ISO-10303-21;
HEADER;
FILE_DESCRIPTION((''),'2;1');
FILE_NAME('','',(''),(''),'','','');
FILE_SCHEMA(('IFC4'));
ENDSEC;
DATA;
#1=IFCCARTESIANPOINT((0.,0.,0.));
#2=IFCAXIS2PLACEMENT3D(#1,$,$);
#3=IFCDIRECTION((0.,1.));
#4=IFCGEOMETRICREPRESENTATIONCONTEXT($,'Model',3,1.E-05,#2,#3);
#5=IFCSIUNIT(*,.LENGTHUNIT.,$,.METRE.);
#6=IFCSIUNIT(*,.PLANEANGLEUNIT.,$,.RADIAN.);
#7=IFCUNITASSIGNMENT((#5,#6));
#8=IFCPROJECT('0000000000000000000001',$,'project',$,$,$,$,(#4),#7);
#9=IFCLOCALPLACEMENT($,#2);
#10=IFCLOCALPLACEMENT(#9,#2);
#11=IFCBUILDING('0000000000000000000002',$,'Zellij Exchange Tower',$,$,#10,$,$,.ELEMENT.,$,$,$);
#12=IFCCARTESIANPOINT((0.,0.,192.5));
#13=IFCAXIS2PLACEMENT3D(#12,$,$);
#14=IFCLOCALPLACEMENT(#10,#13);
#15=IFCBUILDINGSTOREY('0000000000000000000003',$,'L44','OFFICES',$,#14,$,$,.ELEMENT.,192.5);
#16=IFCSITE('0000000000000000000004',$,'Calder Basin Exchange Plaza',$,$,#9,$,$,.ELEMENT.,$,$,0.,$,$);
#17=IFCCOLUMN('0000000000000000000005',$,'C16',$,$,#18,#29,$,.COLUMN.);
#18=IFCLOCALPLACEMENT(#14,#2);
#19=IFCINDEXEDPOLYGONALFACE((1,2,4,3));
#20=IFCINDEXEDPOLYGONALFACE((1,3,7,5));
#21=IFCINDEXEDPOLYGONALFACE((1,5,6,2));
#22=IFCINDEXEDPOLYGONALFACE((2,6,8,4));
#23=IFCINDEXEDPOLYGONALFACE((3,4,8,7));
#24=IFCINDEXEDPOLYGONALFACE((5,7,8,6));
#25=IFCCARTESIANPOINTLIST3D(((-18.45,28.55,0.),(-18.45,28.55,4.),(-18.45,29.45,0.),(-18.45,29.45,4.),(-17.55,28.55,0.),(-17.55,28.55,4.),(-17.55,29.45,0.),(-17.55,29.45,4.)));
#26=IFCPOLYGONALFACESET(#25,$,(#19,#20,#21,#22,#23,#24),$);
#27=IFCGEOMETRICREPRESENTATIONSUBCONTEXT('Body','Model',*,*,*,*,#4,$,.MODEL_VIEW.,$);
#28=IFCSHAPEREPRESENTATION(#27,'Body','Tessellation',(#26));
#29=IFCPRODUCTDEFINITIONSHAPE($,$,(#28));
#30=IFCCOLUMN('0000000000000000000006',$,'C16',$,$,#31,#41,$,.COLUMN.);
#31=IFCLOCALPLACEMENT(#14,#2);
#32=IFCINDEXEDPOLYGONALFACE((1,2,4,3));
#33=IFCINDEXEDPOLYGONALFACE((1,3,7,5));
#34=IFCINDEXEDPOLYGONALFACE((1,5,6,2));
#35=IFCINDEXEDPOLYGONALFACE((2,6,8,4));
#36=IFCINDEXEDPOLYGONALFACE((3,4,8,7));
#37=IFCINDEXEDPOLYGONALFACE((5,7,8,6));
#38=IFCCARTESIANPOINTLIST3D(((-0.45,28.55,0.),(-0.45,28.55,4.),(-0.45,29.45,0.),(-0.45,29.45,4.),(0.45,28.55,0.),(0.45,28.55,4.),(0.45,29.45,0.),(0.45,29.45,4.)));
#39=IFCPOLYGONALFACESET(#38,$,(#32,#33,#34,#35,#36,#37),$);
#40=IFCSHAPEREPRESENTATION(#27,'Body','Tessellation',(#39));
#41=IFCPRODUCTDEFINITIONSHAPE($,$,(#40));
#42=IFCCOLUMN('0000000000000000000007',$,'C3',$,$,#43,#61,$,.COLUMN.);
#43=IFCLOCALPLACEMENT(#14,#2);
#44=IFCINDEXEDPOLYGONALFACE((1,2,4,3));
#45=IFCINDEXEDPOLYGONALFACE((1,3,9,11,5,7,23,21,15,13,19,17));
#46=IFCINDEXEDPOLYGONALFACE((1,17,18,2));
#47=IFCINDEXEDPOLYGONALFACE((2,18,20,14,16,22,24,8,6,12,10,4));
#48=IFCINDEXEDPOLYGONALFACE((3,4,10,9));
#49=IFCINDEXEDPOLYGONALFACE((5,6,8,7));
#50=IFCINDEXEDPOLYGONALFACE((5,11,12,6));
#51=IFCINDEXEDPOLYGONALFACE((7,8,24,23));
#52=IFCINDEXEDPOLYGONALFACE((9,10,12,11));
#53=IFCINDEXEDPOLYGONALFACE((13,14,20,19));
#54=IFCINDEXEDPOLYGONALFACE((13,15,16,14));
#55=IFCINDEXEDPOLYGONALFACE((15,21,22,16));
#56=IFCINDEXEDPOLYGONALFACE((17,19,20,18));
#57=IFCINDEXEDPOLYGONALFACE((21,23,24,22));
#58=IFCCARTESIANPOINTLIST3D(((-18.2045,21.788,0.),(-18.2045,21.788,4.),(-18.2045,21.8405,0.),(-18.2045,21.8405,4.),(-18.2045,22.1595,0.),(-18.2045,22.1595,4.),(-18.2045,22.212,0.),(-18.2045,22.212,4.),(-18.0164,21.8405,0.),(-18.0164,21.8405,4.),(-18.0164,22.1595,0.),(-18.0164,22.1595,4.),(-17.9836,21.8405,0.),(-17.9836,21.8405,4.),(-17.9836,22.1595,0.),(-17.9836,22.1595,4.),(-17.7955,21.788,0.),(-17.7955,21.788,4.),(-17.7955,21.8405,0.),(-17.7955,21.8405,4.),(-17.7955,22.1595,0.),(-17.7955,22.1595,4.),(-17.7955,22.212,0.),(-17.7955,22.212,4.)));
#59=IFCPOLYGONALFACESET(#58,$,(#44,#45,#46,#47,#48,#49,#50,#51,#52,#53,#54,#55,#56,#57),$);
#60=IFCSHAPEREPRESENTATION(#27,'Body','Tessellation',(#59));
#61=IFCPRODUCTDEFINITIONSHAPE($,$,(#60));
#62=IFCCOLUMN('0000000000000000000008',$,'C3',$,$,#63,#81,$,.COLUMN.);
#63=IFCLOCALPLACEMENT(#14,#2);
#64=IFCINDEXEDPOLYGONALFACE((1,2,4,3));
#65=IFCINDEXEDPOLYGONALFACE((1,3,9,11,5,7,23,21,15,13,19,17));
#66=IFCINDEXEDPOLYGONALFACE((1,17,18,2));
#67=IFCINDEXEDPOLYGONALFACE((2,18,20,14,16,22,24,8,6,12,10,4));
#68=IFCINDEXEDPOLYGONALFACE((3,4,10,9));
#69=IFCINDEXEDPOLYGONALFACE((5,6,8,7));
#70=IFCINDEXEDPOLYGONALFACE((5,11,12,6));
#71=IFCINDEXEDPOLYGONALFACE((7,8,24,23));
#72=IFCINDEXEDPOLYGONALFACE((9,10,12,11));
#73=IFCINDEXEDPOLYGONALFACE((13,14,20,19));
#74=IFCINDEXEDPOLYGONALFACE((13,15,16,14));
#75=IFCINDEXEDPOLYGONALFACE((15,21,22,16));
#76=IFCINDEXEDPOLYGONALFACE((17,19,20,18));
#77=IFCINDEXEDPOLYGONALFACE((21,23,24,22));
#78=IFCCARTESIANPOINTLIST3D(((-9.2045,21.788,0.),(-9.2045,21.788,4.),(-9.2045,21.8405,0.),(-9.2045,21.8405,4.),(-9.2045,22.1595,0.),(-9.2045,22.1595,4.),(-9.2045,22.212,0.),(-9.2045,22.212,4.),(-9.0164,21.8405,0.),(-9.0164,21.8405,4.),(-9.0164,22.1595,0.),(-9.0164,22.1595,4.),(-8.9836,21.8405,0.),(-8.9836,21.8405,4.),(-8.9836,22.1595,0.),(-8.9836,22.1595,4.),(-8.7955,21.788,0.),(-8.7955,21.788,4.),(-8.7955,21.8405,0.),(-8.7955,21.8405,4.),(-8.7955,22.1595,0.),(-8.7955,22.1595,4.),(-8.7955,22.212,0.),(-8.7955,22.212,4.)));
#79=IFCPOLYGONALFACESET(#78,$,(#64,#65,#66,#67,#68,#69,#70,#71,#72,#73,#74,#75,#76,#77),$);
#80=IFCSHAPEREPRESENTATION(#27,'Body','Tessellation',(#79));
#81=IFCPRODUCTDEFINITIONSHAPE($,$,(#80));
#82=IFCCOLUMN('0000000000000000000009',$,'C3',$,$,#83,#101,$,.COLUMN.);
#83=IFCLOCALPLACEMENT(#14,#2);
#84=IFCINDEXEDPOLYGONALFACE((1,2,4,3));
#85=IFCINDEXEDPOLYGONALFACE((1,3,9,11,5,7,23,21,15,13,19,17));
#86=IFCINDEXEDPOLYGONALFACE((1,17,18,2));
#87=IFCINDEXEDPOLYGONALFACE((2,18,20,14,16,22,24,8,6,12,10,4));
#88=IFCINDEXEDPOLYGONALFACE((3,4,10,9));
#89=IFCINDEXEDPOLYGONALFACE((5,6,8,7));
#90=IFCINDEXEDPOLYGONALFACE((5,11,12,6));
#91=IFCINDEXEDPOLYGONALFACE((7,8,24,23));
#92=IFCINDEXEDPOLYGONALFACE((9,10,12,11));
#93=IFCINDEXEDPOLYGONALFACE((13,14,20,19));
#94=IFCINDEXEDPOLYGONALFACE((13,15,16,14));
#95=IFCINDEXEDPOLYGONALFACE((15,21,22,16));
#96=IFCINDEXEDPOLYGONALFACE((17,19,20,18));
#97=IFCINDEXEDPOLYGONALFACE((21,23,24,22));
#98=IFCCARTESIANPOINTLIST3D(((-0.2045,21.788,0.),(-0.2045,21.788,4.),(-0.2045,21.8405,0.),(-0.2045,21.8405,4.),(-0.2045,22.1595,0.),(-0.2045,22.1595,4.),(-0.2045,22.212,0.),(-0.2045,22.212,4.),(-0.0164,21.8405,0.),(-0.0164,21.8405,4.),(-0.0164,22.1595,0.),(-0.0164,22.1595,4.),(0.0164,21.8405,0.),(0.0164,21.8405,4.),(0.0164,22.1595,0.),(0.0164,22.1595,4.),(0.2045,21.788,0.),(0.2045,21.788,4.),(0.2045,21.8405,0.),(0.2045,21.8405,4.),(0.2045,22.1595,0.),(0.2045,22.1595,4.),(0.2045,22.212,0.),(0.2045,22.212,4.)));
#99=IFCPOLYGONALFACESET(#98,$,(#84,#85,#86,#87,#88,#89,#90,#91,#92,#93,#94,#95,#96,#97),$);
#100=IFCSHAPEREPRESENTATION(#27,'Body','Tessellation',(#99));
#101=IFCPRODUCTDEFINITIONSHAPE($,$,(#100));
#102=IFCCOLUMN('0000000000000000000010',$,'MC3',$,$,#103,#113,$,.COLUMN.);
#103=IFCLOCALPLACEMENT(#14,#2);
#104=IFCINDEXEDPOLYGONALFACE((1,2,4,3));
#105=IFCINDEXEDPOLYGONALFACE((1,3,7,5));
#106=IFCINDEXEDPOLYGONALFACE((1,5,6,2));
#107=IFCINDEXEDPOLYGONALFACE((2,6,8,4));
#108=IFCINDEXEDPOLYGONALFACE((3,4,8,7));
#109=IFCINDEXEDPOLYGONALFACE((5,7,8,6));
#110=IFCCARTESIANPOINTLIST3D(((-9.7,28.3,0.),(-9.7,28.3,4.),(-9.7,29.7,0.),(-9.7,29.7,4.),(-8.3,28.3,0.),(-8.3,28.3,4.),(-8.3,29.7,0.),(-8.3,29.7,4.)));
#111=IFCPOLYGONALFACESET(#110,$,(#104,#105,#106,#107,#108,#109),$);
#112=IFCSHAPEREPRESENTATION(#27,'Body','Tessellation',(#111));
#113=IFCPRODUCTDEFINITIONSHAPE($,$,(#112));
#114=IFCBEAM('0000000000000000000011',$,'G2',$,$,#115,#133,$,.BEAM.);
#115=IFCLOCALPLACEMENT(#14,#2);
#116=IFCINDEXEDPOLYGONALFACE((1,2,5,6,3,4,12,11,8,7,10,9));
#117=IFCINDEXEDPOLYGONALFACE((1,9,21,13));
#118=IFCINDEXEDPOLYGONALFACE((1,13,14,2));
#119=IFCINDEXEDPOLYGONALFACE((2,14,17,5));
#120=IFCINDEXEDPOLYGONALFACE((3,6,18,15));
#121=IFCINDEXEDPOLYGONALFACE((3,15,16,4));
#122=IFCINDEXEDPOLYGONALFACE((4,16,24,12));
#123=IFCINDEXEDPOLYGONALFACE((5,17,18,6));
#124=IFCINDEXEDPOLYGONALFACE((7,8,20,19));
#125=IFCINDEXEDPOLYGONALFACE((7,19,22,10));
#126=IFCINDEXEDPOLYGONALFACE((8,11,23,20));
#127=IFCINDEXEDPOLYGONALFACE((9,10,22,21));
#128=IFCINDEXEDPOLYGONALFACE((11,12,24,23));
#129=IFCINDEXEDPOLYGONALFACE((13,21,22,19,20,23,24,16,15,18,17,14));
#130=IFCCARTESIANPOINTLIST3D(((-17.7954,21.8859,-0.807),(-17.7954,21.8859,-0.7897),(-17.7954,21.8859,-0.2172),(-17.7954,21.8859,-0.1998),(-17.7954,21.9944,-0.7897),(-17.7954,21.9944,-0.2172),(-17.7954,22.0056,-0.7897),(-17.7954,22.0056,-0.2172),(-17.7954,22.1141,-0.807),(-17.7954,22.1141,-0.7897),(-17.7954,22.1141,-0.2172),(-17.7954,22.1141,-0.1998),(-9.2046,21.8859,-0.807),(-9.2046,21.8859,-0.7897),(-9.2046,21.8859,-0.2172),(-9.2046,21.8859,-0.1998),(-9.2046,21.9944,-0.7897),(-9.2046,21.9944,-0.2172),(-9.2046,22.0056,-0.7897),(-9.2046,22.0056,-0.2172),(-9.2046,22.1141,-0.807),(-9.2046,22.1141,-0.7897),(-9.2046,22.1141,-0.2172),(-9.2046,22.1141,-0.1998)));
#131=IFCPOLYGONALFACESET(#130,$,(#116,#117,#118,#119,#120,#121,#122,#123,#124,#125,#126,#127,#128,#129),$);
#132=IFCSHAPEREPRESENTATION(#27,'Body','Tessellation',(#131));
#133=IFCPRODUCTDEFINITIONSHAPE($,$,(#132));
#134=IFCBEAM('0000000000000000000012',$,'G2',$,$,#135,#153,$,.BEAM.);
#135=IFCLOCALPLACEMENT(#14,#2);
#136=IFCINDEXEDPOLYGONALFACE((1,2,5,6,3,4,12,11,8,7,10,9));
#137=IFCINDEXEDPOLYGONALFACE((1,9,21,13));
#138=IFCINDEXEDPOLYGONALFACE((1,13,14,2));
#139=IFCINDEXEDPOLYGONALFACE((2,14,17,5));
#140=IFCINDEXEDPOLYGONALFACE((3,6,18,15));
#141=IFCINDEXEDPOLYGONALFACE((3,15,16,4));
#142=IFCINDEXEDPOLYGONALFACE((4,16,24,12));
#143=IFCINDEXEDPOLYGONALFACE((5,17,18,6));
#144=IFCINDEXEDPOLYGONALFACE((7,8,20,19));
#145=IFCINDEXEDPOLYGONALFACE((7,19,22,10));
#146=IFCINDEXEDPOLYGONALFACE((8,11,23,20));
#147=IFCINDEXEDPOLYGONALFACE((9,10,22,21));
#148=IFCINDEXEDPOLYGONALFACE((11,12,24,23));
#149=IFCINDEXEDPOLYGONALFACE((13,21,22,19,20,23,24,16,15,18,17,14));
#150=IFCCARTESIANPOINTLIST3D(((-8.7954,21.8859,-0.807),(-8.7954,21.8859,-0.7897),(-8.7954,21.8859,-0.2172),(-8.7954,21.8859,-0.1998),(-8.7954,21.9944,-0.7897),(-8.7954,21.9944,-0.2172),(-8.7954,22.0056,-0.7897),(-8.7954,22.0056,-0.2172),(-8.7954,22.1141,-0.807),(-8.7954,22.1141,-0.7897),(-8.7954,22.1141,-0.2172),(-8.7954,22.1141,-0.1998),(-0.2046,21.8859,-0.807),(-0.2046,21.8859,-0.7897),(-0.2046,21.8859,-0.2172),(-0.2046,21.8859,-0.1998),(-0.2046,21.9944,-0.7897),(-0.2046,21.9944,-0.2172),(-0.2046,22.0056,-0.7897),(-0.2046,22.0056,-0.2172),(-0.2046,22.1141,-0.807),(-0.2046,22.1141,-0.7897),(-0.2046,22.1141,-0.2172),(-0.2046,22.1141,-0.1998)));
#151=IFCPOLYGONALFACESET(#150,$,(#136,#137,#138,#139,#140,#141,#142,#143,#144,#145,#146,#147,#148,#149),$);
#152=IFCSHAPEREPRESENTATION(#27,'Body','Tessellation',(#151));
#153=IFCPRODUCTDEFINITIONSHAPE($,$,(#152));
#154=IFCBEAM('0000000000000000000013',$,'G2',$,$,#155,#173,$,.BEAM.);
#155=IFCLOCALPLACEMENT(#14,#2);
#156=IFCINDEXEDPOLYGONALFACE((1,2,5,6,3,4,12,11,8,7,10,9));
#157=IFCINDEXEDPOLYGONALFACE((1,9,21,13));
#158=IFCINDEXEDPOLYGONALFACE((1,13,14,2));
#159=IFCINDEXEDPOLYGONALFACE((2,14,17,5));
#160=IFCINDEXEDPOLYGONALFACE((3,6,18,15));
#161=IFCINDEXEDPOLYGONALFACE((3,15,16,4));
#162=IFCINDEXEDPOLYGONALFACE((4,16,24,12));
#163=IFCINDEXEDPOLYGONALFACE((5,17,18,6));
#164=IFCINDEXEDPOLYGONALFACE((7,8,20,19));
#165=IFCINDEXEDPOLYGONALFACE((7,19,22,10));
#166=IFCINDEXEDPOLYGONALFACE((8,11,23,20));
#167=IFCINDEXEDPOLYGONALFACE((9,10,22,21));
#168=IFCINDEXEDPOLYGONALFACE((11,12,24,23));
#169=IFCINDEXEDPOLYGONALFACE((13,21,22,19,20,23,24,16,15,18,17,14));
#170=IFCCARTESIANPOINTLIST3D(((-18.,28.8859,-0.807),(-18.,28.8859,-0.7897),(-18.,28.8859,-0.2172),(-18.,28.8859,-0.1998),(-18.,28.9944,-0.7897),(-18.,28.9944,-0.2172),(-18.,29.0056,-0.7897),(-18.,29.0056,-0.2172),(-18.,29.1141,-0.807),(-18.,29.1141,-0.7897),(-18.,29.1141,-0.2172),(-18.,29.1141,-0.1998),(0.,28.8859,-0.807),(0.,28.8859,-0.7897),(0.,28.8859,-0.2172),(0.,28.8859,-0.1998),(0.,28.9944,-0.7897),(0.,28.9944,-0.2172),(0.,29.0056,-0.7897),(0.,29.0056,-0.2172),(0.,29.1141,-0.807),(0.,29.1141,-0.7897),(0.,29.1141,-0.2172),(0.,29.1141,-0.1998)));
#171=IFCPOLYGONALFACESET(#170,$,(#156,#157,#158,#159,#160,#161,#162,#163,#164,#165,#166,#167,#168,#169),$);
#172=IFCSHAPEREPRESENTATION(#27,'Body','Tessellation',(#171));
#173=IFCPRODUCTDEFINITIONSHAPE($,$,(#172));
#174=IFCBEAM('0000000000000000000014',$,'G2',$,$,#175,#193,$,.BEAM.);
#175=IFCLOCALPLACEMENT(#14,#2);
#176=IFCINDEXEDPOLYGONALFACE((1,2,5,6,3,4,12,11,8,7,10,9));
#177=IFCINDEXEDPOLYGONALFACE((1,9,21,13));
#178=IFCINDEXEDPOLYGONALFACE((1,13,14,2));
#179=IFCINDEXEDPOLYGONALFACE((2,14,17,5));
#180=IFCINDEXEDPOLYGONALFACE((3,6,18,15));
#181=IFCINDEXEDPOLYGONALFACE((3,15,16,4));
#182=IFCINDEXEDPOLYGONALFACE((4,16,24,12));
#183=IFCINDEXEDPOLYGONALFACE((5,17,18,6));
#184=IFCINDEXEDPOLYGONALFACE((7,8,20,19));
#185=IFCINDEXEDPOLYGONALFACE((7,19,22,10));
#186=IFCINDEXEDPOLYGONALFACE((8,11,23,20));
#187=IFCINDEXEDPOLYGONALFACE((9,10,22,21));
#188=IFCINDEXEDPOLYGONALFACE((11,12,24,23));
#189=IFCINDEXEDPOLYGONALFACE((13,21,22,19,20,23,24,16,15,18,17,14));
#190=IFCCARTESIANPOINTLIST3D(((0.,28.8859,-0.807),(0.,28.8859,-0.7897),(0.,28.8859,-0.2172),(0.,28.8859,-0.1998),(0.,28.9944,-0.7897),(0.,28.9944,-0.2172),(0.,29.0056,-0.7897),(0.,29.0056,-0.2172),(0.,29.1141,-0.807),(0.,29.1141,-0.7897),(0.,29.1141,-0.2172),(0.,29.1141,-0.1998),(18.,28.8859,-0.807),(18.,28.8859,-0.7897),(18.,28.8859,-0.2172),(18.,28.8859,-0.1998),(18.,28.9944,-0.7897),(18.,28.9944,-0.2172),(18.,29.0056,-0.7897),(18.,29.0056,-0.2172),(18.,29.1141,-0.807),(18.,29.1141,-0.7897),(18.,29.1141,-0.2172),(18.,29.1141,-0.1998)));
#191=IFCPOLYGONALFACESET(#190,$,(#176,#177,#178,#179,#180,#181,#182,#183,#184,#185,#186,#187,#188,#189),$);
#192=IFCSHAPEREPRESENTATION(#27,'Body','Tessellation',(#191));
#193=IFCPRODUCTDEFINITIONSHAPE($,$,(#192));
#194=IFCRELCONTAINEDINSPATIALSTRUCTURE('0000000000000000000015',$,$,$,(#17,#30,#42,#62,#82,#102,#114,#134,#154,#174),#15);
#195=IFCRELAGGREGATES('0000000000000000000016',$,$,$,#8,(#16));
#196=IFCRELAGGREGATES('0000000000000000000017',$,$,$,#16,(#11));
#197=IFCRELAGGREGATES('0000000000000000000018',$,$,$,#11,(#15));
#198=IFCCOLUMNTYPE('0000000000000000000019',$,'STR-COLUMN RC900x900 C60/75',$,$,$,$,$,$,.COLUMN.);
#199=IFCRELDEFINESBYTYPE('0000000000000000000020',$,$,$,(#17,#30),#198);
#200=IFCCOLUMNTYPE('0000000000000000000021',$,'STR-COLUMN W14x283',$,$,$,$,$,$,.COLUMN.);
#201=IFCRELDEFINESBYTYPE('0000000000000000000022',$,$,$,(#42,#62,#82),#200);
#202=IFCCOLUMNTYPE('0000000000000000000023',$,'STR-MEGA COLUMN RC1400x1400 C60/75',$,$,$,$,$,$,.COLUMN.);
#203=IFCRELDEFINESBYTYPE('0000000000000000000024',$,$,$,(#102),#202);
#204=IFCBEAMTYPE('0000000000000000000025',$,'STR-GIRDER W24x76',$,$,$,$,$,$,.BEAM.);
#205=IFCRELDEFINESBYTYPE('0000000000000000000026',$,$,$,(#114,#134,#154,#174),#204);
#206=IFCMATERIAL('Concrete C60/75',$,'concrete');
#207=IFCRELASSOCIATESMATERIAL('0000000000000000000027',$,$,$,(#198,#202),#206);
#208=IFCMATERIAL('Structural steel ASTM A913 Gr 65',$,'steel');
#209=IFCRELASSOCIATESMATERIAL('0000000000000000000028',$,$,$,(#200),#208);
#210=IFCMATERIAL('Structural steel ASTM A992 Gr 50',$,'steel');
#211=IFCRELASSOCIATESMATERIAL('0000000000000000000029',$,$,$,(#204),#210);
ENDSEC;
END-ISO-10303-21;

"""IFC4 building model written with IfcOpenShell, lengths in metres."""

from ifc_helpers import new_model, si_unit, direction, frame, origin, origin_2d, place, context, subcontext, project, spatial, rectangle, i_section, extrude, material, material_profile, profile_set, type_object, element, save


model = new_model("IFC4")

# Units and contexts
model_context = context("Model", 3, precision=1e-05, world=origin(), true_north=direction((0.0, 1.0)))
body_context = subcontext(model_context, "Body", "Model", "MODEL_VIEW")
ifc_project = project(units=[si_unit("LENGTHUNIT", "METRE"), si_unit("PLANEANGLEUNIT", "RADIAN")], contexts=[model_context])

# Site, building, storey
site_placement = place(None, origin())
site = spatial("IfcSite", under=ifc_project, at=site_placement, Name="Calder Basin Exchange Plaza", CompositionType="ELEMENT", RefElevation=0.0)
building_placement = place(site_placement, origin())
building = spatial("IfcBuilding", under=site, at=building_placement, Name="Zellij Exchange Tower", CompositionType="ELEMENT")
storey_placement = place(building_placement, frame((0.0, 0.0, 192.5)))
storey = spatial("IfcBuildingStorey", under=building, at=storey_placement, Name="L44", Description="OFFICES", CompositionType="ELEMENT", Elevation=192.5)

# Columns
ifc_material_1 = material(Name="Concrete C60/75", Category="concrete")
ifc_material_profile_1 = material_profile(ifc_material_1, rectangle(XDim=0.8999, YDim=0.8999, at=origin_2d()), Name="STR-COLUMN RC900x900 C60/75")
ifc_profile_set_1 = profile_set([ifc_material_profile_1], Name="Concrete C60/75")
column_type_1 = type_object("IfcColumnType", Name="STR-COLUMN RC900x900 C60/75", PredefinedType="COLUMN", material=ifc_profile_set_1)
for number, where, z_axis, x_axis, name in (
    (1, (-18.0, 29.0, 0.0), (0.0, 0.0, 1.0), (1.0, 0.0, 0.0), "C16"),
    (2, (0.0, 29.0, 0.0), (0.0, 0.0, 1.0), (1.0, 0.0, 0.0), "C16"),
):
    element("IfcColumn", number, at=place(storey_placement, frame(where, z_axis=z_axis, x_axis=x_axis)), inside=storey, type_object=column_type_1, Name=name, PredefinedType="COLUMN", context=body_context, shape_type="SweptSolid", body=[
        extrude(rectangle(XDim=0.8999, YDim=0.8999, at=origin_2d()), origin(), (0.0, 0.0, 1.0), 4.0),
    ])
ifc_material_2 = material(Name="Structural steel ASTM A913 Gr 65", Category="steel")
ifc_material_profile_2 = material_profile(ifc_material_2, i_section(OverallWidth=0.4089, OverallDepth=0.4241, WebThickness=0.0327, FlangeThickness=0.0525, at=origin_2d()), Name="W14x283")
ifc_profile_set_2 = profile_set([ifc_material_profile_2], Name="Structural steel ASTM A913 Gr 65")
column_type_2 = type_object("IfcColumnType", Name="STR-COLUMN W14x283", PredefinedType="COLUMN", material=ifc_profile_set_2)
for number, where, z_axis, x_axis, name in (
    (3, (-18.0, 22.0, 0.0), (0.0, 0.0, 1.0), (1.0, 0.0, 0.0), "C3"),
    (4, (-9.0, 22.0, 0.0), (0.0, 0.0, 1.0), (1.0, 0.0, 0.0), "C3"),
    (5, (0.0, 22.0, 0.0), (0.0, 0.0, 1.0), (1.0, 0.0, 0.0), "C3"),
):
    element("IfcColumn", number, at=place(storey_placement, frame(where, z_axis=z_axis, x_axis=x_axis)), inside=storey, type_object=column_type_2, Name=name, PredefinedType="COLUMN", context=body_context, shape_type="SweptSolid", body=[
        extrude(i_section(OverallWidth=0.4089, OverallDepth=0.4241, WebThickness=0.0327, FlangeThickness=0.0525, at=origin_2d()), origin(), (0.0, 0.0, 1.0), 4.0),
    ])
ifc_material_profile_3 = material_profile(ifc_material_1, rectangle(XDim=1.3999, YDim=1.3999, at=origin_2d()), Name="STR-MEGA COLUMN RC1400x1400 C60/75")
ifc_profile_set_3 = profile_set([ifc_material_profile_3], Name="Concrete C60/75")
column_type_3 = type_object("IfcColumnType", Name="STR-MEGA COLUMN RC1400x1400 C60/75", PredefinedType="COLUMN", material=ifc_profile_set_3)
column_placement = place(storey_placement, frame((-9.0, 29.0, 0.0), z_axis=(0.0, 0.0, 1.0), x_axis=(1.0, 0.0, 0.0)))
element("IfcColumn", 6, at=column_placement, inside=storey, type_object=column_type_3, Name="MC3", PredefinedType="COLUMN", context=body_context, shape_type="SweptSolid", body=[
    extrude(rectangle(XDim=1.3999, YDim=1.3999, at=origin_2d()), origin(), (0.0, 0.0, 1.0), 4.0),
])

# Beams
ifc_material_3 = material(Name="Structural steel ASTM A992 Gr 50", Category="steel")
ifc_material_profile_4 = material_profile(ifc_material_3, i_section(OverallWidth=0.2283, OverallDepth=0.6072, WebThickness=0.0112, FlangeThickness=0.0173, at=origin_2d()), Name="W24x76")
ifc_profile_set_4 = profile_set([ifc_material_profile_4], Name="Structural steel ASTM A992 Gr 50")
beam_type = type_object("IfcBeamType", Name="STR-GIRDER W24x76", PredefinedType="BEAM", material=ifc_profile_set_4)
for number, where, z_axis, x_axis, name in (
    (7, (-17.7954, 22.0, -0.5034), (1.0, 0.0, 0.0), (0.0, 1.0, 0.0), "G2"),
    (8, (-8.7954, 22.0, -0.5034), (1.0, 0.0, 0.0), (0.0, 1.0, 0.0), "G2"),
):
    element("IfcBeam", number, at=place(storey_placement, frame(where, z_axis=z_axis, x_axis=x_axis)), inside=storey, type_object=beam_type, Name=name, PredefinedType="BEAM", context=body_context, shape_type="SweptSolid", body=[
        extrude(i_section(OverallWidth=0.2283, OverallDepth=0.6072, WebThickness=0.0112, FlangeThickness=0.0173, at=origin_2d()), origin(), (0.0, 0.0, 1.0), 8.5908),
    ])
for number, where, z_axis, x_axis, name in (
    (9, (-18.0, 29.0, -0.5034), (1.0, 0.0, 0.0), (0.0, 1.0, 0.0), "G2"),
    (10, (0.0, 29.0, -0.5034), (1.0, 0.0, 0.0), (0.0, 1.0, 0.0), "G2"),
):
    element("IfcBeam", number, at=place(storey_placement, frame(where, z_axis=z_axis, x_axis=x_axis)), inside=storey, type_object=beam_type, Name=name, PredefinedType="BEAM", context=body_context, shape_type="SweptSolid", body=[
        extrude(i_section(OverallWidth=0.2283, OverallDepth=0.6072, WebThickness=0.0112, FlangeThickness=0.0173, at=origin_2d()), origin(), (0.0, 0.0, 1.0), 18.0),
    ])

save(model, "model.ifc")
